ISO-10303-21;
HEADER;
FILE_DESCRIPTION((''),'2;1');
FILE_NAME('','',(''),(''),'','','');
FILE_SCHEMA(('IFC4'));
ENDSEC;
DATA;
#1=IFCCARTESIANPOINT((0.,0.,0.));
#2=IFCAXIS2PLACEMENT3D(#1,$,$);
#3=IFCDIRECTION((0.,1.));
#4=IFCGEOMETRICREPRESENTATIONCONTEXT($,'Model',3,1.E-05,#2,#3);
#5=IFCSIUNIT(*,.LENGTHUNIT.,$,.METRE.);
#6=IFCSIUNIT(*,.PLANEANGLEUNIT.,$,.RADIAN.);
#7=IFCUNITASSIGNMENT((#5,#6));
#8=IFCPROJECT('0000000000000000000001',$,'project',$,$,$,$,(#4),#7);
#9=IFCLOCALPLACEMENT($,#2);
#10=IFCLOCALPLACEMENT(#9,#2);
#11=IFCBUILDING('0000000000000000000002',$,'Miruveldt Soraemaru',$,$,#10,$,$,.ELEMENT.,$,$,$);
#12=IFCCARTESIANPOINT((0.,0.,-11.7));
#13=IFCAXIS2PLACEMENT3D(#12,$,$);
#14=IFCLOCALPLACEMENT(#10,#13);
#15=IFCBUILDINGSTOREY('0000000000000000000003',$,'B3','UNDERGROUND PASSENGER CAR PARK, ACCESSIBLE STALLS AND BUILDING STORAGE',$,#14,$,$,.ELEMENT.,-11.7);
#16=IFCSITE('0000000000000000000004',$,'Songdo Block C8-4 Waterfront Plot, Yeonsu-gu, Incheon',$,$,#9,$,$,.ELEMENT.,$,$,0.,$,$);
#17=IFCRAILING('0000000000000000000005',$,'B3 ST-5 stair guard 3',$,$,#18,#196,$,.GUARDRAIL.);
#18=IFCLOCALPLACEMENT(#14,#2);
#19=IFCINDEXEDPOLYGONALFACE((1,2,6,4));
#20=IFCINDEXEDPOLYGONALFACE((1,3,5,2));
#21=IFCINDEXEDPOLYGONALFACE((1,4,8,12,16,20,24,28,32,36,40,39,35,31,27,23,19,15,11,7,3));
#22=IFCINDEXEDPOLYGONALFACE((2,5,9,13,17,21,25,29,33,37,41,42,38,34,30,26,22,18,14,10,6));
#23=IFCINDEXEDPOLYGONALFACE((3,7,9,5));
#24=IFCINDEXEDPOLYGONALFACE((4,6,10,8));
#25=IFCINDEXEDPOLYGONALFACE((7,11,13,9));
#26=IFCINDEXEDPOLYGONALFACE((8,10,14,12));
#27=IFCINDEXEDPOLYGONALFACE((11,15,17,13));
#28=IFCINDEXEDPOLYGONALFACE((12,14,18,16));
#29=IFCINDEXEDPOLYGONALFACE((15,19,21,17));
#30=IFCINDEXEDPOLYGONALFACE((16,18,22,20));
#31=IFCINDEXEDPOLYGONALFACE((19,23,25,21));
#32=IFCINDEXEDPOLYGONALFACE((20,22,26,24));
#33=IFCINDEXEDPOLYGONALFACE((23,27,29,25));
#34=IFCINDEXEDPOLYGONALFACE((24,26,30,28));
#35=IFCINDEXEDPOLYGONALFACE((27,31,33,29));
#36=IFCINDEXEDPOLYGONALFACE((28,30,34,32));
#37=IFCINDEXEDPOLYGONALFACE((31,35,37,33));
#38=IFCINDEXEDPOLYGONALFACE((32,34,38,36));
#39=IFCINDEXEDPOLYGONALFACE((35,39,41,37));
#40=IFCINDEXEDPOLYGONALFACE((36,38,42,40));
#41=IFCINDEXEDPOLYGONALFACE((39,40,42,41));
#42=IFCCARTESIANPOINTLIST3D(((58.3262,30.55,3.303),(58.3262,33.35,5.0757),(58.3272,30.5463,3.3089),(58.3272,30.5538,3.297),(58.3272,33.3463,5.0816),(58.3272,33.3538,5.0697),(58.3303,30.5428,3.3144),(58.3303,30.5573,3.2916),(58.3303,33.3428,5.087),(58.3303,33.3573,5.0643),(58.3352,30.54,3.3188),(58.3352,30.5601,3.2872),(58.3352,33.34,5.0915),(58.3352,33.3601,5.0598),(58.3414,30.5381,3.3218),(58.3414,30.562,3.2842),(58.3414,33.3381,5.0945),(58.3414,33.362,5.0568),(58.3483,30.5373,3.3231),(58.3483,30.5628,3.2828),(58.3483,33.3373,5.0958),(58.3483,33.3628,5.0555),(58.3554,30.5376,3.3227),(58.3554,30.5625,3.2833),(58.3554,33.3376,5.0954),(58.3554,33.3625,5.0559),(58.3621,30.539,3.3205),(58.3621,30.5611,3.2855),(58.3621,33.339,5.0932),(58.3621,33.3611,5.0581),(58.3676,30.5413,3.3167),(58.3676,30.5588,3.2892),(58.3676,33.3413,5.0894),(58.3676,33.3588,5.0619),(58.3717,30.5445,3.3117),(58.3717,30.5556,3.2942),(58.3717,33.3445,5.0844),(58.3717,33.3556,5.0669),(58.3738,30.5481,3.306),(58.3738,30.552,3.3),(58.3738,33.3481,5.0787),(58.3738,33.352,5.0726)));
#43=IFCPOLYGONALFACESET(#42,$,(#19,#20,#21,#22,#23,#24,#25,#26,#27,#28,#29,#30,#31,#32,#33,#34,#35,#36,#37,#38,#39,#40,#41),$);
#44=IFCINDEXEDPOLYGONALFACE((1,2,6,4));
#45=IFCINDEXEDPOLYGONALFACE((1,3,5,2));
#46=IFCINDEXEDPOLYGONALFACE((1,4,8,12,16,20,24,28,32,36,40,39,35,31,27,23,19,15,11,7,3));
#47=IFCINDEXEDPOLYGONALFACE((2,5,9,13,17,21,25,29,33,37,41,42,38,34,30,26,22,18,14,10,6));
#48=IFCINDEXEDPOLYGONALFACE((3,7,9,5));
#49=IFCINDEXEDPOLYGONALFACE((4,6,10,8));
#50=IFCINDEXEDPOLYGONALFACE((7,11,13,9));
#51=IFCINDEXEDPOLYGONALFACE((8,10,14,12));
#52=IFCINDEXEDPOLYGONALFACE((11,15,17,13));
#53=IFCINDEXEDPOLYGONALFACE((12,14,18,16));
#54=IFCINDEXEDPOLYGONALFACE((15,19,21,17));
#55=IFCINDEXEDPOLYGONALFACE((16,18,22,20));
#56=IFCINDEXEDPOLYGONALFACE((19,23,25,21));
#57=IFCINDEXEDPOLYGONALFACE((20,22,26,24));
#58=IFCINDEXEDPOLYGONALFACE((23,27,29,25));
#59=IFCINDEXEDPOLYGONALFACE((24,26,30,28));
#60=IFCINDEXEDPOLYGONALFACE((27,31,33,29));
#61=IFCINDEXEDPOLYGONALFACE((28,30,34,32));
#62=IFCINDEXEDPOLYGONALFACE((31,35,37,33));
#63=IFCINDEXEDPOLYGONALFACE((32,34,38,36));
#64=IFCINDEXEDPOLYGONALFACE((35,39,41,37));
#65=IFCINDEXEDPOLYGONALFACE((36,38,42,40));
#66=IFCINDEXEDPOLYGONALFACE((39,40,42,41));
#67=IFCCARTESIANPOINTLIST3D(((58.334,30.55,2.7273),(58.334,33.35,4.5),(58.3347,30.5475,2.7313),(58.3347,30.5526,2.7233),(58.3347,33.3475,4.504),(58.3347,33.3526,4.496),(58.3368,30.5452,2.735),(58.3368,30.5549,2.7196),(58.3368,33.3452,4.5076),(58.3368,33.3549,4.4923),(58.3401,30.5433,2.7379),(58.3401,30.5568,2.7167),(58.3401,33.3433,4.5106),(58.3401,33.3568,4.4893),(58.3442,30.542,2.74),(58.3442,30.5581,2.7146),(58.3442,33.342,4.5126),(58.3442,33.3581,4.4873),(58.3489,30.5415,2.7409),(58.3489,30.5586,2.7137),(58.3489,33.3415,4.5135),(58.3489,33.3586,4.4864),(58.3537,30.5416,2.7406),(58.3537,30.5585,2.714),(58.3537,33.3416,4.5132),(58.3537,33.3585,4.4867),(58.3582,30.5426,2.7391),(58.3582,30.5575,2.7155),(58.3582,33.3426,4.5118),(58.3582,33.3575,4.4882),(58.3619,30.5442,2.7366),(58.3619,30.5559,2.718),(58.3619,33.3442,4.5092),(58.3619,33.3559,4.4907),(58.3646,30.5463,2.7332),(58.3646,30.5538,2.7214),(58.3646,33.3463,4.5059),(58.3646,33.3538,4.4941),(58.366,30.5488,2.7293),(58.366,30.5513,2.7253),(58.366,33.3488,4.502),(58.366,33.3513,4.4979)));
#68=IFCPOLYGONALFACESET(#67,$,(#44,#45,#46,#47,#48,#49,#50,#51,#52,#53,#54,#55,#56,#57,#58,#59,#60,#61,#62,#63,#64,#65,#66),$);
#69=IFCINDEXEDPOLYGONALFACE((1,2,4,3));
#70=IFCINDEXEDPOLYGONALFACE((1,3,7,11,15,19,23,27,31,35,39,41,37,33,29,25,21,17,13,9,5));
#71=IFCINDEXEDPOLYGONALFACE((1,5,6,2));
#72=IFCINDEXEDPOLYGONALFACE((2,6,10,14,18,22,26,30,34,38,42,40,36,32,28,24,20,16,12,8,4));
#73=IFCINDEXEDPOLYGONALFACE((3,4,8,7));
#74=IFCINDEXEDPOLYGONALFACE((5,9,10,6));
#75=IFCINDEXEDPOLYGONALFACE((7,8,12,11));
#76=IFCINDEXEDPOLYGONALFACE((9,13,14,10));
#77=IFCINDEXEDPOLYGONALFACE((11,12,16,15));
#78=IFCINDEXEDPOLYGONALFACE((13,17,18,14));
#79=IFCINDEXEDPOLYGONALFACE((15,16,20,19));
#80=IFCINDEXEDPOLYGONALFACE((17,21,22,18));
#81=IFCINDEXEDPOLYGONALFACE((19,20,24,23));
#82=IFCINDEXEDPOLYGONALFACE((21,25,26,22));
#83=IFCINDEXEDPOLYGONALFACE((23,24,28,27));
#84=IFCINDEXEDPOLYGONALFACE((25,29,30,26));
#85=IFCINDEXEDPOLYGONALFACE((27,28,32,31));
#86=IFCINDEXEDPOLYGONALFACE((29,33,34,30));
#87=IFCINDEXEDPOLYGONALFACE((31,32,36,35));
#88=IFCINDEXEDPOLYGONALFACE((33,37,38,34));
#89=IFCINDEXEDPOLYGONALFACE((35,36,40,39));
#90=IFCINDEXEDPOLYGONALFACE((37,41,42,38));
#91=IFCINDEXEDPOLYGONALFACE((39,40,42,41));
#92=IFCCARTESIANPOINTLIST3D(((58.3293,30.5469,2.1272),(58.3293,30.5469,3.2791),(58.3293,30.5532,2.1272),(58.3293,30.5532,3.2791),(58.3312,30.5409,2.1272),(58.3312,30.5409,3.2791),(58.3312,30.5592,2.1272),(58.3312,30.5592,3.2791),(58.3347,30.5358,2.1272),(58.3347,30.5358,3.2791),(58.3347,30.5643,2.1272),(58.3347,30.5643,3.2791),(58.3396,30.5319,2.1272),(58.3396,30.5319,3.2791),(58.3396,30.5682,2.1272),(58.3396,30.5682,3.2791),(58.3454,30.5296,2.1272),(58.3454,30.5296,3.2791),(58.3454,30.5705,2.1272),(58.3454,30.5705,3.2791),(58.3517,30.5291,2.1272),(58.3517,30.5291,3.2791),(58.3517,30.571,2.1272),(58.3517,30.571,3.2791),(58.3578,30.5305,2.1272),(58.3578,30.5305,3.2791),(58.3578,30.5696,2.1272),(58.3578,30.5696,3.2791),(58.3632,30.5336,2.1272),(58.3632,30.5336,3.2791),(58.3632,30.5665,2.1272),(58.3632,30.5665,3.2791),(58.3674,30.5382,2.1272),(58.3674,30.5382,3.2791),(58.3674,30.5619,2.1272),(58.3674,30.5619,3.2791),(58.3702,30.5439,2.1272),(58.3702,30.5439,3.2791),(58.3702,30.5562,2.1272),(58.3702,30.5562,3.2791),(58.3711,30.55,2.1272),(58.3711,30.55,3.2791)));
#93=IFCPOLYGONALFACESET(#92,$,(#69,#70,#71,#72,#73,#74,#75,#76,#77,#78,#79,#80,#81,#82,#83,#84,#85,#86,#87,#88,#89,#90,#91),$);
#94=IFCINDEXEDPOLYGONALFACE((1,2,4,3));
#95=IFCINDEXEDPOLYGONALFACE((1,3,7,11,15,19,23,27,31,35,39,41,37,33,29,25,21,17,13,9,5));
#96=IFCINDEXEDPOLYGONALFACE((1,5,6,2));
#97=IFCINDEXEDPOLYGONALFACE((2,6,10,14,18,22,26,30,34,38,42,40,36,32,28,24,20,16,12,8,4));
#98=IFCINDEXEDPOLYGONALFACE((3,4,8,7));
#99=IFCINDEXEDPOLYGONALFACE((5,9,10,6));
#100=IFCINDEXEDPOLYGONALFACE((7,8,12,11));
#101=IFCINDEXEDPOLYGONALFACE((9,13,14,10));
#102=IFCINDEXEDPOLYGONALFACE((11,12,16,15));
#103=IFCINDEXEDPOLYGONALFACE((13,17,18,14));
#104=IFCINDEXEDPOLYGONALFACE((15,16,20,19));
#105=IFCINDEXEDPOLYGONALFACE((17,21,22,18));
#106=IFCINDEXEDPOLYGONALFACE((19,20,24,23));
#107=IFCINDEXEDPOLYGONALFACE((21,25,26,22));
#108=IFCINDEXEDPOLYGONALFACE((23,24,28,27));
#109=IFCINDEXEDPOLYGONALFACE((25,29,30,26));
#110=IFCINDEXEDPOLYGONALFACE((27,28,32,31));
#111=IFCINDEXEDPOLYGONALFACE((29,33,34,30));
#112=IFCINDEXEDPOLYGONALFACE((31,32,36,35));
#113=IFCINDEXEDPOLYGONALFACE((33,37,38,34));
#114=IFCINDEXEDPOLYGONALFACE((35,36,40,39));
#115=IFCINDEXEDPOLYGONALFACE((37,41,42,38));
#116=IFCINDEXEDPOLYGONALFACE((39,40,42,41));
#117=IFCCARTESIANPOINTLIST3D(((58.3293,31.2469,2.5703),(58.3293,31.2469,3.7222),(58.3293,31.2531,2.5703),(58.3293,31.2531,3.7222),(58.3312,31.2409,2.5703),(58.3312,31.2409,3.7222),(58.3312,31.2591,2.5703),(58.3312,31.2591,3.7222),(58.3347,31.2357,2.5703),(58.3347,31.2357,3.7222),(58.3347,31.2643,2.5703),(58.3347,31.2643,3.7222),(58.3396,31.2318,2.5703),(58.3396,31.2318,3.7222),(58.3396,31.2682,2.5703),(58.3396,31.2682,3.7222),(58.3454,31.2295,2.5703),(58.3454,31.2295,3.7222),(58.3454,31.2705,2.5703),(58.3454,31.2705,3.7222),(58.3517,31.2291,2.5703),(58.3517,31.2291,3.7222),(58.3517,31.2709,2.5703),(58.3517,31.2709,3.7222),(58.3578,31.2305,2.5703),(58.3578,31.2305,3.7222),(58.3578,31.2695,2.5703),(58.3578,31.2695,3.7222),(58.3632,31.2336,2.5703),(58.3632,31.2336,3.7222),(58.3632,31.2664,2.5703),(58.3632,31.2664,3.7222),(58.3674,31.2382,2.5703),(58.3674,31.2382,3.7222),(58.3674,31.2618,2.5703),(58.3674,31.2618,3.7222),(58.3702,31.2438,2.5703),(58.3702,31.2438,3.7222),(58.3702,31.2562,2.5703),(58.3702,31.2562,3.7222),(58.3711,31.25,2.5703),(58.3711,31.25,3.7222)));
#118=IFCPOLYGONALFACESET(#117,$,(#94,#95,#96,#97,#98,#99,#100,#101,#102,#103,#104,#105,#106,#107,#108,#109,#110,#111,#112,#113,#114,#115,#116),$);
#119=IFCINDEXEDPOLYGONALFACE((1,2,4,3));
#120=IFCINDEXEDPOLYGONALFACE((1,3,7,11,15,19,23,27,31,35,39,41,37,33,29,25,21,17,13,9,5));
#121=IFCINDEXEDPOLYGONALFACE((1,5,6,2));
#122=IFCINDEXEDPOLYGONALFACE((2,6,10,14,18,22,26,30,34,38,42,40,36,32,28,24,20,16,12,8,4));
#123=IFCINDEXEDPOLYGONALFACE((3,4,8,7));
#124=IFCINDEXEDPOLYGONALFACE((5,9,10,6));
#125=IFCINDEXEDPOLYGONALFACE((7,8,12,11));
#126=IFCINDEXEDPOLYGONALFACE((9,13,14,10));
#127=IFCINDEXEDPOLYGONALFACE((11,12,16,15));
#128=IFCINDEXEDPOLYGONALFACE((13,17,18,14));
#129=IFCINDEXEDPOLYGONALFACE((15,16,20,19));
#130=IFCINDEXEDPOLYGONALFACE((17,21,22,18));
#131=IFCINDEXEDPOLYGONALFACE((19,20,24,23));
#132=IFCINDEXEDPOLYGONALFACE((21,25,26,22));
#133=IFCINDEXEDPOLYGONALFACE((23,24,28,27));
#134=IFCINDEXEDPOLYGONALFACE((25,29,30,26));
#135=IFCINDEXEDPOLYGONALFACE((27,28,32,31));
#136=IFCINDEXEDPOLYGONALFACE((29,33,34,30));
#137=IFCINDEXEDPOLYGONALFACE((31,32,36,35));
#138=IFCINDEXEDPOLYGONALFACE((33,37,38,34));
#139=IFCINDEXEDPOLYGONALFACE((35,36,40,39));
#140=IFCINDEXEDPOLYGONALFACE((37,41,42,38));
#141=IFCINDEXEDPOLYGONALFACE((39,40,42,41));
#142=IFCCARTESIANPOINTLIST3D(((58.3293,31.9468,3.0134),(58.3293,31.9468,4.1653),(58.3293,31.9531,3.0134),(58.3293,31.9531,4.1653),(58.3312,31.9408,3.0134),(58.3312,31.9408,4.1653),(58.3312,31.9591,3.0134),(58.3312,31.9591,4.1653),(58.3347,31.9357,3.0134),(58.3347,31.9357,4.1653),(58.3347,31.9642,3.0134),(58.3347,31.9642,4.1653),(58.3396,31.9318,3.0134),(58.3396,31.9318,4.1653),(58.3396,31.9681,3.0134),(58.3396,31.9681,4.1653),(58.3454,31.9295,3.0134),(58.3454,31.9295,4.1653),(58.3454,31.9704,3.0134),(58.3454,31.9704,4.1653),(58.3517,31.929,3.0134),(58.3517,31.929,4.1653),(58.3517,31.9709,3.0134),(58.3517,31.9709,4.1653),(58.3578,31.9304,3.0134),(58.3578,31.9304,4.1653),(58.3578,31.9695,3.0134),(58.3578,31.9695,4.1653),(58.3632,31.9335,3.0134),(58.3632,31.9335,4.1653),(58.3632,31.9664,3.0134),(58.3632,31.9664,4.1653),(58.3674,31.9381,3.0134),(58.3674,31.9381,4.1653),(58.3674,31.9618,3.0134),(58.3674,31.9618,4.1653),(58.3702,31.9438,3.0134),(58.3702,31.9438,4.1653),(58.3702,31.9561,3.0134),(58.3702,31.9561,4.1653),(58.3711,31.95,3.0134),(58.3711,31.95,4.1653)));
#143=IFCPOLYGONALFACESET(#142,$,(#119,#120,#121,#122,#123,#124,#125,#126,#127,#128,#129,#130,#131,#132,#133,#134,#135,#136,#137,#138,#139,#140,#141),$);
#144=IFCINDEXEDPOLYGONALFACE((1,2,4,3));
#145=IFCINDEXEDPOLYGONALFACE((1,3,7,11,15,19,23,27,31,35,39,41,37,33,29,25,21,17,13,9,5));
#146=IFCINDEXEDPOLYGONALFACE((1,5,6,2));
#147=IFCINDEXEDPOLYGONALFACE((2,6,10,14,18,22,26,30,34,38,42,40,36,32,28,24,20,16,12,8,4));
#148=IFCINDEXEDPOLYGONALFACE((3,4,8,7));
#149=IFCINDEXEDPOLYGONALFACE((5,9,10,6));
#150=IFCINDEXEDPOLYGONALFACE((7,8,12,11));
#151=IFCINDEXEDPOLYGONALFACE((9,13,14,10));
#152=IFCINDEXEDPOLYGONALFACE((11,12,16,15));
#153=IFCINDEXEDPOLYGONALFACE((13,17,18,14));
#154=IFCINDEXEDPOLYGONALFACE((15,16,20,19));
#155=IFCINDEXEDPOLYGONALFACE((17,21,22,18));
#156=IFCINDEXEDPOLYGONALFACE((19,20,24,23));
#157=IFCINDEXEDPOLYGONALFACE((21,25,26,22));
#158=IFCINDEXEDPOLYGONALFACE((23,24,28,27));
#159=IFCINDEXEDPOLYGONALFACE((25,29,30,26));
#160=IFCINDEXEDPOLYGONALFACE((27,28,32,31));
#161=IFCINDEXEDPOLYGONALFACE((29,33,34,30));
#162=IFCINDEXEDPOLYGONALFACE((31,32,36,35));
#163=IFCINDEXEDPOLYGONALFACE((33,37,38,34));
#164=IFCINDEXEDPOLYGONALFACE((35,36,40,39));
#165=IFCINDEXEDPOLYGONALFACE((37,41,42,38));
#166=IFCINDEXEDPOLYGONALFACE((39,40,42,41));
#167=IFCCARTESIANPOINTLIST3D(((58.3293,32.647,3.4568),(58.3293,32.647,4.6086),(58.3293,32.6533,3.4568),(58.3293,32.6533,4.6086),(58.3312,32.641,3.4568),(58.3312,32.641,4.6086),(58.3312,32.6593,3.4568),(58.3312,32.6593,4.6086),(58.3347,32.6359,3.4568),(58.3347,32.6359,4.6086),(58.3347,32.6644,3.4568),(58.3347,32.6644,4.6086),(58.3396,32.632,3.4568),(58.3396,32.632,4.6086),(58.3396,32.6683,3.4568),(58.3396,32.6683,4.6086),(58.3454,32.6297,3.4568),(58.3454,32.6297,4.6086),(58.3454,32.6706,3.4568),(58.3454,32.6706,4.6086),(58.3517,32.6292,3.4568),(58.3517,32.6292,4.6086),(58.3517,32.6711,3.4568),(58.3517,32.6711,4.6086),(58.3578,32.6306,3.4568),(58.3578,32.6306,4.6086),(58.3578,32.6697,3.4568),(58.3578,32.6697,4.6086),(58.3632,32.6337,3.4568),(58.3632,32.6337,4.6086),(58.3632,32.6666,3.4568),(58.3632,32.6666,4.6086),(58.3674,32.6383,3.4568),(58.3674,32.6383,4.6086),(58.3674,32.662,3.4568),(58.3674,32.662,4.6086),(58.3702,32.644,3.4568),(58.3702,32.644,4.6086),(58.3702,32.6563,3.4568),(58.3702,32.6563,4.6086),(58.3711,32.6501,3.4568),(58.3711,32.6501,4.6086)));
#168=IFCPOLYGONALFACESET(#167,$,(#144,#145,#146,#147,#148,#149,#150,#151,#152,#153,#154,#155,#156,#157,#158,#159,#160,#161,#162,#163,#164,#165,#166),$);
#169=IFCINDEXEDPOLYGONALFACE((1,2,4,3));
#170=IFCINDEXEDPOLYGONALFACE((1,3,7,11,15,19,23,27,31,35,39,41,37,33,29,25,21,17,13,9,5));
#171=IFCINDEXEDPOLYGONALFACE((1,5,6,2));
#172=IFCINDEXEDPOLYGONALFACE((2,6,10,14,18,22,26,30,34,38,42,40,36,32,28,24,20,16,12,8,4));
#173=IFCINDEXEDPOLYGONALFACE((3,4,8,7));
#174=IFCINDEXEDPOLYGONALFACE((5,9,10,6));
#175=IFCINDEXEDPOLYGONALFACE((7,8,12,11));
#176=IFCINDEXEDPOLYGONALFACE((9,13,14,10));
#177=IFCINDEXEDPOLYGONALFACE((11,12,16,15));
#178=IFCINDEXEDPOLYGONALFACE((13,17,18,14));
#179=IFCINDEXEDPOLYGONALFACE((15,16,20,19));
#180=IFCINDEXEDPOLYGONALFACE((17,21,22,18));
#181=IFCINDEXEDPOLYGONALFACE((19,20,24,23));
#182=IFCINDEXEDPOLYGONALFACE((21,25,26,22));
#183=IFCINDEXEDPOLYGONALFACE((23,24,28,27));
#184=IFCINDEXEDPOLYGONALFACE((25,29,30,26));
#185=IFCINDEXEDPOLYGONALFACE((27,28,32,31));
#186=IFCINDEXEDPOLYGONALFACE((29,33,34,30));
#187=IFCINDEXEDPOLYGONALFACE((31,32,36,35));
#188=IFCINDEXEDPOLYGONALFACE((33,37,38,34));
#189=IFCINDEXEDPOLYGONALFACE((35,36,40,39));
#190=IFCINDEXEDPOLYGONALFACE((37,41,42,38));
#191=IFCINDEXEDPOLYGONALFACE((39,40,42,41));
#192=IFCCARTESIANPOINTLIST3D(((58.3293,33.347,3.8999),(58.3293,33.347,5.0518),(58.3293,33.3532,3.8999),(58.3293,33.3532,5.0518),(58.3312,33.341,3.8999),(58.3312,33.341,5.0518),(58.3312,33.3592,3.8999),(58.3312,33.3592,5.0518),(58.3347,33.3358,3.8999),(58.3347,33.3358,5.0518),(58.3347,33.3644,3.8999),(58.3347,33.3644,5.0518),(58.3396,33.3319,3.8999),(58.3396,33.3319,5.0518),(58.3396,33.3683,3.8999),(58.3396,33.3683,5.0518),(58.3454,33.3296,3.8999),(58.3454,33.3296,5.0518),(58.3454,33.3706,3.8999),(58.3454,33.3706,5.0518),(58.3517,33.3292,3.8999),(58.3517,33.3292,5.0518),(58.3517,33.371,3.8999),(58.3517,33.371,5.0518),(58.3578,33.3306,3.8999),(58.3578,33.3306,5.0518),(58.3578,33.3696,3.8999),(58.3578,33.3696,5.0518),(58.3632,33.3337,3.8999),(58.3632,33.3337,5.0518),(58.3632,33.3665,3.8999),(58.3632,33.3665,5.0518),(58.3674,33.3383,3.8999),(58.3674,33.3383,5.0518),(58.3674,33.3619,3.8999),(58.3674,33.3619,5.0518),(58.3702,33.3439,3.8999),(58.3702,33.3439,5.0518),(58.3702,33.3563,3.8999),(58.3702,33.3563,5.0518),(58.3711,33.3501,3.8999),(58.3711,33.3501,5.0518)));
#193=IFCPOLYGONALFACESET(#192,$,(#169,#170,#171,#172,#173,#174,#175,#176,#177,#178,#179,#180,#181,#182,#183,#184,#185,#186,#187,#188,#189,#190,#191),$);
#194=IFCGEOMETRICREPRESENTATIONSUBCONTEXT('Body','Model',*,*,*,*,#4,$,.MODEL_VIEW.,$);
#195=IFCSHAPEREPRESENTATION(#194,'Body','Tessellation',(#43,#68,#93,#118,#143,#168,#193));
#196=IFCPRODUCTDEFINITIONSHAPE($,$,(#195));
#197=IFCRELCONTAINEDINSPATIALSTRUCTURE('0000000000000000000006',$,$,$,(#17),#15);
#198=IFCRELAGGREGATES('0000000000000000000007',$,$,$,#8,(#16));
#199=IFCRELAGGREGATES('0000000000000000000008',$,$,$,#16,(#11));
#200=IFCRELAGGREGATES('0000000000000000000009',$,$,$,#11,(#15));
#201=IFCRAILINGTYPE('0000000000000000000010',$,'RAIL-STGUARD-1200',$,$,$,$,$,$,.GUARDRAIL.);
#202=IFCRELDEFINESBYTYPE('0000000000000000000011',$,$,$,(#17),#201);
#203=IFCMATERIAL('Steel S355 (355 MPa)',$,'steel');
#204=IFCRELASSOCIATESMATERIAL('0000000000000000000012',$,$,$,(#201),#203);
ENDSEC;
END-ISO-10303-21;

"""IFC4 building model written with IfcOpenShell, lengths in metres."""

from ifc_helpers import new_model, si_unit, direction, frame, origin, origin_2d, place, context, subcontext, project, spatial, circle, extrude, material, type_object, element, save


model = new_model("IFC4")

# Units and contexts
model_context = context("Model", 3, precision=1e-05, world=origin(), true_north=direction((0.0, 1.0)))
body_context = subcontext(model_context, "Body", "Model", "MODEL_VIEW")
ifc_project = project(units=[si_unit("LENGTHUNIT", "METRE"), si_unit("PLANEANGLEUNIT", "RADIAN")], contexts=[model_context])

# Site, building, storey
site_placement = place(None, origin())
site = spatial("IfcSite", under=ifc_project, at=site_placement, Name="Songdo Block C8-4 Waterfront Plot, Yeonsu-gu, Incheon", CompositionType="ELEMENT", RefElevation=0.0)
building_placement = place(site_placement, origin())
building = spatial("IfcBuilding", under=site, at=building_placement, Name="Miruveldt Soraemaru", CompositionType="ELEMENT")
storey_placement = place(building_placement, frame((0.0, 0.0, -11.7)))
storey = spatial("IfcBuildingStorey", under=building, at=storey_placement, Name="B3", Description="UNDERGROUND PASSENGER CAR PARK, ACCESSIBLE STALLS AND BUILDING STORAGE", CompositionType="ELEMENT", Elevation=-11.7)

# Shared definitions
ifc_material_1 = material(Name="Steel S355 (355 MPa)", Category="steel")

# Railing
railing_type_1 = type_object("IfcRailingType", Name="RAIL-STGUARD-1200", PredefinedType="GUARDRAIL", material=ifc_material_1)
railing_1_placement = place(storey_placement, frame((58.3501, 30.55, 2.1272)))
element("IfcRailing", 1, at=railing_1_placement, inside=storey, type_object=railing_type_1, Name="B3 ST-5 stair guard 3", PredefinedType="GUARDRAIL", context=body_context, shape_type="SweptSolid", body=[
    extrude(circle(Radius=0.0239, at=origin_2d()), frame((0.0, 0.0, 1.1758), z_axis=(0.0, 0.844909, 0.53491), x_axis=(-1.0, 0.0, 0.0)), (0.0, 0.0, 1.0), 3.314),
    extrude(circle(Radius=0.0161, at=origin_2d()), frame((0.0, 0.0, 0.6001), z_axis=(0.0, 0.844909, 0.53491), x_axis=(-1.0, 0.0, 0.0)), (0.0, 0.0, 1.0), 3.314),
    extrude(circle(Radius=0.021, at=origin_2d()), origin(), (0.0, 0.0, 1.0), 1.1519),
    extrude(circle(Radius=0.021, at=origin_2d()), frame((0.0, 0.7, 0.4431)), (0.0, 0.0, 1.0), 1.1519),
    extrude(circle(Radius=0.021, at=origin_2d()), frame((0.0, 1.3999, 0.8862)), (0.0, 0.0, 1.0), 1.1519),
    extrude(circle(Radius=0.021, at=origin_2d()), frame((0.0, 2.1001, 1.3296)), (0.0, 0.0, 1.0), 1.1519),
    extrude(circle(Radius=0.021, at=origin_2d()), frame((0.0, 2.8, 1.7727)), (0.0, 0.0, 1.0), 1.1519),
])

save(model, "model.ifc")
